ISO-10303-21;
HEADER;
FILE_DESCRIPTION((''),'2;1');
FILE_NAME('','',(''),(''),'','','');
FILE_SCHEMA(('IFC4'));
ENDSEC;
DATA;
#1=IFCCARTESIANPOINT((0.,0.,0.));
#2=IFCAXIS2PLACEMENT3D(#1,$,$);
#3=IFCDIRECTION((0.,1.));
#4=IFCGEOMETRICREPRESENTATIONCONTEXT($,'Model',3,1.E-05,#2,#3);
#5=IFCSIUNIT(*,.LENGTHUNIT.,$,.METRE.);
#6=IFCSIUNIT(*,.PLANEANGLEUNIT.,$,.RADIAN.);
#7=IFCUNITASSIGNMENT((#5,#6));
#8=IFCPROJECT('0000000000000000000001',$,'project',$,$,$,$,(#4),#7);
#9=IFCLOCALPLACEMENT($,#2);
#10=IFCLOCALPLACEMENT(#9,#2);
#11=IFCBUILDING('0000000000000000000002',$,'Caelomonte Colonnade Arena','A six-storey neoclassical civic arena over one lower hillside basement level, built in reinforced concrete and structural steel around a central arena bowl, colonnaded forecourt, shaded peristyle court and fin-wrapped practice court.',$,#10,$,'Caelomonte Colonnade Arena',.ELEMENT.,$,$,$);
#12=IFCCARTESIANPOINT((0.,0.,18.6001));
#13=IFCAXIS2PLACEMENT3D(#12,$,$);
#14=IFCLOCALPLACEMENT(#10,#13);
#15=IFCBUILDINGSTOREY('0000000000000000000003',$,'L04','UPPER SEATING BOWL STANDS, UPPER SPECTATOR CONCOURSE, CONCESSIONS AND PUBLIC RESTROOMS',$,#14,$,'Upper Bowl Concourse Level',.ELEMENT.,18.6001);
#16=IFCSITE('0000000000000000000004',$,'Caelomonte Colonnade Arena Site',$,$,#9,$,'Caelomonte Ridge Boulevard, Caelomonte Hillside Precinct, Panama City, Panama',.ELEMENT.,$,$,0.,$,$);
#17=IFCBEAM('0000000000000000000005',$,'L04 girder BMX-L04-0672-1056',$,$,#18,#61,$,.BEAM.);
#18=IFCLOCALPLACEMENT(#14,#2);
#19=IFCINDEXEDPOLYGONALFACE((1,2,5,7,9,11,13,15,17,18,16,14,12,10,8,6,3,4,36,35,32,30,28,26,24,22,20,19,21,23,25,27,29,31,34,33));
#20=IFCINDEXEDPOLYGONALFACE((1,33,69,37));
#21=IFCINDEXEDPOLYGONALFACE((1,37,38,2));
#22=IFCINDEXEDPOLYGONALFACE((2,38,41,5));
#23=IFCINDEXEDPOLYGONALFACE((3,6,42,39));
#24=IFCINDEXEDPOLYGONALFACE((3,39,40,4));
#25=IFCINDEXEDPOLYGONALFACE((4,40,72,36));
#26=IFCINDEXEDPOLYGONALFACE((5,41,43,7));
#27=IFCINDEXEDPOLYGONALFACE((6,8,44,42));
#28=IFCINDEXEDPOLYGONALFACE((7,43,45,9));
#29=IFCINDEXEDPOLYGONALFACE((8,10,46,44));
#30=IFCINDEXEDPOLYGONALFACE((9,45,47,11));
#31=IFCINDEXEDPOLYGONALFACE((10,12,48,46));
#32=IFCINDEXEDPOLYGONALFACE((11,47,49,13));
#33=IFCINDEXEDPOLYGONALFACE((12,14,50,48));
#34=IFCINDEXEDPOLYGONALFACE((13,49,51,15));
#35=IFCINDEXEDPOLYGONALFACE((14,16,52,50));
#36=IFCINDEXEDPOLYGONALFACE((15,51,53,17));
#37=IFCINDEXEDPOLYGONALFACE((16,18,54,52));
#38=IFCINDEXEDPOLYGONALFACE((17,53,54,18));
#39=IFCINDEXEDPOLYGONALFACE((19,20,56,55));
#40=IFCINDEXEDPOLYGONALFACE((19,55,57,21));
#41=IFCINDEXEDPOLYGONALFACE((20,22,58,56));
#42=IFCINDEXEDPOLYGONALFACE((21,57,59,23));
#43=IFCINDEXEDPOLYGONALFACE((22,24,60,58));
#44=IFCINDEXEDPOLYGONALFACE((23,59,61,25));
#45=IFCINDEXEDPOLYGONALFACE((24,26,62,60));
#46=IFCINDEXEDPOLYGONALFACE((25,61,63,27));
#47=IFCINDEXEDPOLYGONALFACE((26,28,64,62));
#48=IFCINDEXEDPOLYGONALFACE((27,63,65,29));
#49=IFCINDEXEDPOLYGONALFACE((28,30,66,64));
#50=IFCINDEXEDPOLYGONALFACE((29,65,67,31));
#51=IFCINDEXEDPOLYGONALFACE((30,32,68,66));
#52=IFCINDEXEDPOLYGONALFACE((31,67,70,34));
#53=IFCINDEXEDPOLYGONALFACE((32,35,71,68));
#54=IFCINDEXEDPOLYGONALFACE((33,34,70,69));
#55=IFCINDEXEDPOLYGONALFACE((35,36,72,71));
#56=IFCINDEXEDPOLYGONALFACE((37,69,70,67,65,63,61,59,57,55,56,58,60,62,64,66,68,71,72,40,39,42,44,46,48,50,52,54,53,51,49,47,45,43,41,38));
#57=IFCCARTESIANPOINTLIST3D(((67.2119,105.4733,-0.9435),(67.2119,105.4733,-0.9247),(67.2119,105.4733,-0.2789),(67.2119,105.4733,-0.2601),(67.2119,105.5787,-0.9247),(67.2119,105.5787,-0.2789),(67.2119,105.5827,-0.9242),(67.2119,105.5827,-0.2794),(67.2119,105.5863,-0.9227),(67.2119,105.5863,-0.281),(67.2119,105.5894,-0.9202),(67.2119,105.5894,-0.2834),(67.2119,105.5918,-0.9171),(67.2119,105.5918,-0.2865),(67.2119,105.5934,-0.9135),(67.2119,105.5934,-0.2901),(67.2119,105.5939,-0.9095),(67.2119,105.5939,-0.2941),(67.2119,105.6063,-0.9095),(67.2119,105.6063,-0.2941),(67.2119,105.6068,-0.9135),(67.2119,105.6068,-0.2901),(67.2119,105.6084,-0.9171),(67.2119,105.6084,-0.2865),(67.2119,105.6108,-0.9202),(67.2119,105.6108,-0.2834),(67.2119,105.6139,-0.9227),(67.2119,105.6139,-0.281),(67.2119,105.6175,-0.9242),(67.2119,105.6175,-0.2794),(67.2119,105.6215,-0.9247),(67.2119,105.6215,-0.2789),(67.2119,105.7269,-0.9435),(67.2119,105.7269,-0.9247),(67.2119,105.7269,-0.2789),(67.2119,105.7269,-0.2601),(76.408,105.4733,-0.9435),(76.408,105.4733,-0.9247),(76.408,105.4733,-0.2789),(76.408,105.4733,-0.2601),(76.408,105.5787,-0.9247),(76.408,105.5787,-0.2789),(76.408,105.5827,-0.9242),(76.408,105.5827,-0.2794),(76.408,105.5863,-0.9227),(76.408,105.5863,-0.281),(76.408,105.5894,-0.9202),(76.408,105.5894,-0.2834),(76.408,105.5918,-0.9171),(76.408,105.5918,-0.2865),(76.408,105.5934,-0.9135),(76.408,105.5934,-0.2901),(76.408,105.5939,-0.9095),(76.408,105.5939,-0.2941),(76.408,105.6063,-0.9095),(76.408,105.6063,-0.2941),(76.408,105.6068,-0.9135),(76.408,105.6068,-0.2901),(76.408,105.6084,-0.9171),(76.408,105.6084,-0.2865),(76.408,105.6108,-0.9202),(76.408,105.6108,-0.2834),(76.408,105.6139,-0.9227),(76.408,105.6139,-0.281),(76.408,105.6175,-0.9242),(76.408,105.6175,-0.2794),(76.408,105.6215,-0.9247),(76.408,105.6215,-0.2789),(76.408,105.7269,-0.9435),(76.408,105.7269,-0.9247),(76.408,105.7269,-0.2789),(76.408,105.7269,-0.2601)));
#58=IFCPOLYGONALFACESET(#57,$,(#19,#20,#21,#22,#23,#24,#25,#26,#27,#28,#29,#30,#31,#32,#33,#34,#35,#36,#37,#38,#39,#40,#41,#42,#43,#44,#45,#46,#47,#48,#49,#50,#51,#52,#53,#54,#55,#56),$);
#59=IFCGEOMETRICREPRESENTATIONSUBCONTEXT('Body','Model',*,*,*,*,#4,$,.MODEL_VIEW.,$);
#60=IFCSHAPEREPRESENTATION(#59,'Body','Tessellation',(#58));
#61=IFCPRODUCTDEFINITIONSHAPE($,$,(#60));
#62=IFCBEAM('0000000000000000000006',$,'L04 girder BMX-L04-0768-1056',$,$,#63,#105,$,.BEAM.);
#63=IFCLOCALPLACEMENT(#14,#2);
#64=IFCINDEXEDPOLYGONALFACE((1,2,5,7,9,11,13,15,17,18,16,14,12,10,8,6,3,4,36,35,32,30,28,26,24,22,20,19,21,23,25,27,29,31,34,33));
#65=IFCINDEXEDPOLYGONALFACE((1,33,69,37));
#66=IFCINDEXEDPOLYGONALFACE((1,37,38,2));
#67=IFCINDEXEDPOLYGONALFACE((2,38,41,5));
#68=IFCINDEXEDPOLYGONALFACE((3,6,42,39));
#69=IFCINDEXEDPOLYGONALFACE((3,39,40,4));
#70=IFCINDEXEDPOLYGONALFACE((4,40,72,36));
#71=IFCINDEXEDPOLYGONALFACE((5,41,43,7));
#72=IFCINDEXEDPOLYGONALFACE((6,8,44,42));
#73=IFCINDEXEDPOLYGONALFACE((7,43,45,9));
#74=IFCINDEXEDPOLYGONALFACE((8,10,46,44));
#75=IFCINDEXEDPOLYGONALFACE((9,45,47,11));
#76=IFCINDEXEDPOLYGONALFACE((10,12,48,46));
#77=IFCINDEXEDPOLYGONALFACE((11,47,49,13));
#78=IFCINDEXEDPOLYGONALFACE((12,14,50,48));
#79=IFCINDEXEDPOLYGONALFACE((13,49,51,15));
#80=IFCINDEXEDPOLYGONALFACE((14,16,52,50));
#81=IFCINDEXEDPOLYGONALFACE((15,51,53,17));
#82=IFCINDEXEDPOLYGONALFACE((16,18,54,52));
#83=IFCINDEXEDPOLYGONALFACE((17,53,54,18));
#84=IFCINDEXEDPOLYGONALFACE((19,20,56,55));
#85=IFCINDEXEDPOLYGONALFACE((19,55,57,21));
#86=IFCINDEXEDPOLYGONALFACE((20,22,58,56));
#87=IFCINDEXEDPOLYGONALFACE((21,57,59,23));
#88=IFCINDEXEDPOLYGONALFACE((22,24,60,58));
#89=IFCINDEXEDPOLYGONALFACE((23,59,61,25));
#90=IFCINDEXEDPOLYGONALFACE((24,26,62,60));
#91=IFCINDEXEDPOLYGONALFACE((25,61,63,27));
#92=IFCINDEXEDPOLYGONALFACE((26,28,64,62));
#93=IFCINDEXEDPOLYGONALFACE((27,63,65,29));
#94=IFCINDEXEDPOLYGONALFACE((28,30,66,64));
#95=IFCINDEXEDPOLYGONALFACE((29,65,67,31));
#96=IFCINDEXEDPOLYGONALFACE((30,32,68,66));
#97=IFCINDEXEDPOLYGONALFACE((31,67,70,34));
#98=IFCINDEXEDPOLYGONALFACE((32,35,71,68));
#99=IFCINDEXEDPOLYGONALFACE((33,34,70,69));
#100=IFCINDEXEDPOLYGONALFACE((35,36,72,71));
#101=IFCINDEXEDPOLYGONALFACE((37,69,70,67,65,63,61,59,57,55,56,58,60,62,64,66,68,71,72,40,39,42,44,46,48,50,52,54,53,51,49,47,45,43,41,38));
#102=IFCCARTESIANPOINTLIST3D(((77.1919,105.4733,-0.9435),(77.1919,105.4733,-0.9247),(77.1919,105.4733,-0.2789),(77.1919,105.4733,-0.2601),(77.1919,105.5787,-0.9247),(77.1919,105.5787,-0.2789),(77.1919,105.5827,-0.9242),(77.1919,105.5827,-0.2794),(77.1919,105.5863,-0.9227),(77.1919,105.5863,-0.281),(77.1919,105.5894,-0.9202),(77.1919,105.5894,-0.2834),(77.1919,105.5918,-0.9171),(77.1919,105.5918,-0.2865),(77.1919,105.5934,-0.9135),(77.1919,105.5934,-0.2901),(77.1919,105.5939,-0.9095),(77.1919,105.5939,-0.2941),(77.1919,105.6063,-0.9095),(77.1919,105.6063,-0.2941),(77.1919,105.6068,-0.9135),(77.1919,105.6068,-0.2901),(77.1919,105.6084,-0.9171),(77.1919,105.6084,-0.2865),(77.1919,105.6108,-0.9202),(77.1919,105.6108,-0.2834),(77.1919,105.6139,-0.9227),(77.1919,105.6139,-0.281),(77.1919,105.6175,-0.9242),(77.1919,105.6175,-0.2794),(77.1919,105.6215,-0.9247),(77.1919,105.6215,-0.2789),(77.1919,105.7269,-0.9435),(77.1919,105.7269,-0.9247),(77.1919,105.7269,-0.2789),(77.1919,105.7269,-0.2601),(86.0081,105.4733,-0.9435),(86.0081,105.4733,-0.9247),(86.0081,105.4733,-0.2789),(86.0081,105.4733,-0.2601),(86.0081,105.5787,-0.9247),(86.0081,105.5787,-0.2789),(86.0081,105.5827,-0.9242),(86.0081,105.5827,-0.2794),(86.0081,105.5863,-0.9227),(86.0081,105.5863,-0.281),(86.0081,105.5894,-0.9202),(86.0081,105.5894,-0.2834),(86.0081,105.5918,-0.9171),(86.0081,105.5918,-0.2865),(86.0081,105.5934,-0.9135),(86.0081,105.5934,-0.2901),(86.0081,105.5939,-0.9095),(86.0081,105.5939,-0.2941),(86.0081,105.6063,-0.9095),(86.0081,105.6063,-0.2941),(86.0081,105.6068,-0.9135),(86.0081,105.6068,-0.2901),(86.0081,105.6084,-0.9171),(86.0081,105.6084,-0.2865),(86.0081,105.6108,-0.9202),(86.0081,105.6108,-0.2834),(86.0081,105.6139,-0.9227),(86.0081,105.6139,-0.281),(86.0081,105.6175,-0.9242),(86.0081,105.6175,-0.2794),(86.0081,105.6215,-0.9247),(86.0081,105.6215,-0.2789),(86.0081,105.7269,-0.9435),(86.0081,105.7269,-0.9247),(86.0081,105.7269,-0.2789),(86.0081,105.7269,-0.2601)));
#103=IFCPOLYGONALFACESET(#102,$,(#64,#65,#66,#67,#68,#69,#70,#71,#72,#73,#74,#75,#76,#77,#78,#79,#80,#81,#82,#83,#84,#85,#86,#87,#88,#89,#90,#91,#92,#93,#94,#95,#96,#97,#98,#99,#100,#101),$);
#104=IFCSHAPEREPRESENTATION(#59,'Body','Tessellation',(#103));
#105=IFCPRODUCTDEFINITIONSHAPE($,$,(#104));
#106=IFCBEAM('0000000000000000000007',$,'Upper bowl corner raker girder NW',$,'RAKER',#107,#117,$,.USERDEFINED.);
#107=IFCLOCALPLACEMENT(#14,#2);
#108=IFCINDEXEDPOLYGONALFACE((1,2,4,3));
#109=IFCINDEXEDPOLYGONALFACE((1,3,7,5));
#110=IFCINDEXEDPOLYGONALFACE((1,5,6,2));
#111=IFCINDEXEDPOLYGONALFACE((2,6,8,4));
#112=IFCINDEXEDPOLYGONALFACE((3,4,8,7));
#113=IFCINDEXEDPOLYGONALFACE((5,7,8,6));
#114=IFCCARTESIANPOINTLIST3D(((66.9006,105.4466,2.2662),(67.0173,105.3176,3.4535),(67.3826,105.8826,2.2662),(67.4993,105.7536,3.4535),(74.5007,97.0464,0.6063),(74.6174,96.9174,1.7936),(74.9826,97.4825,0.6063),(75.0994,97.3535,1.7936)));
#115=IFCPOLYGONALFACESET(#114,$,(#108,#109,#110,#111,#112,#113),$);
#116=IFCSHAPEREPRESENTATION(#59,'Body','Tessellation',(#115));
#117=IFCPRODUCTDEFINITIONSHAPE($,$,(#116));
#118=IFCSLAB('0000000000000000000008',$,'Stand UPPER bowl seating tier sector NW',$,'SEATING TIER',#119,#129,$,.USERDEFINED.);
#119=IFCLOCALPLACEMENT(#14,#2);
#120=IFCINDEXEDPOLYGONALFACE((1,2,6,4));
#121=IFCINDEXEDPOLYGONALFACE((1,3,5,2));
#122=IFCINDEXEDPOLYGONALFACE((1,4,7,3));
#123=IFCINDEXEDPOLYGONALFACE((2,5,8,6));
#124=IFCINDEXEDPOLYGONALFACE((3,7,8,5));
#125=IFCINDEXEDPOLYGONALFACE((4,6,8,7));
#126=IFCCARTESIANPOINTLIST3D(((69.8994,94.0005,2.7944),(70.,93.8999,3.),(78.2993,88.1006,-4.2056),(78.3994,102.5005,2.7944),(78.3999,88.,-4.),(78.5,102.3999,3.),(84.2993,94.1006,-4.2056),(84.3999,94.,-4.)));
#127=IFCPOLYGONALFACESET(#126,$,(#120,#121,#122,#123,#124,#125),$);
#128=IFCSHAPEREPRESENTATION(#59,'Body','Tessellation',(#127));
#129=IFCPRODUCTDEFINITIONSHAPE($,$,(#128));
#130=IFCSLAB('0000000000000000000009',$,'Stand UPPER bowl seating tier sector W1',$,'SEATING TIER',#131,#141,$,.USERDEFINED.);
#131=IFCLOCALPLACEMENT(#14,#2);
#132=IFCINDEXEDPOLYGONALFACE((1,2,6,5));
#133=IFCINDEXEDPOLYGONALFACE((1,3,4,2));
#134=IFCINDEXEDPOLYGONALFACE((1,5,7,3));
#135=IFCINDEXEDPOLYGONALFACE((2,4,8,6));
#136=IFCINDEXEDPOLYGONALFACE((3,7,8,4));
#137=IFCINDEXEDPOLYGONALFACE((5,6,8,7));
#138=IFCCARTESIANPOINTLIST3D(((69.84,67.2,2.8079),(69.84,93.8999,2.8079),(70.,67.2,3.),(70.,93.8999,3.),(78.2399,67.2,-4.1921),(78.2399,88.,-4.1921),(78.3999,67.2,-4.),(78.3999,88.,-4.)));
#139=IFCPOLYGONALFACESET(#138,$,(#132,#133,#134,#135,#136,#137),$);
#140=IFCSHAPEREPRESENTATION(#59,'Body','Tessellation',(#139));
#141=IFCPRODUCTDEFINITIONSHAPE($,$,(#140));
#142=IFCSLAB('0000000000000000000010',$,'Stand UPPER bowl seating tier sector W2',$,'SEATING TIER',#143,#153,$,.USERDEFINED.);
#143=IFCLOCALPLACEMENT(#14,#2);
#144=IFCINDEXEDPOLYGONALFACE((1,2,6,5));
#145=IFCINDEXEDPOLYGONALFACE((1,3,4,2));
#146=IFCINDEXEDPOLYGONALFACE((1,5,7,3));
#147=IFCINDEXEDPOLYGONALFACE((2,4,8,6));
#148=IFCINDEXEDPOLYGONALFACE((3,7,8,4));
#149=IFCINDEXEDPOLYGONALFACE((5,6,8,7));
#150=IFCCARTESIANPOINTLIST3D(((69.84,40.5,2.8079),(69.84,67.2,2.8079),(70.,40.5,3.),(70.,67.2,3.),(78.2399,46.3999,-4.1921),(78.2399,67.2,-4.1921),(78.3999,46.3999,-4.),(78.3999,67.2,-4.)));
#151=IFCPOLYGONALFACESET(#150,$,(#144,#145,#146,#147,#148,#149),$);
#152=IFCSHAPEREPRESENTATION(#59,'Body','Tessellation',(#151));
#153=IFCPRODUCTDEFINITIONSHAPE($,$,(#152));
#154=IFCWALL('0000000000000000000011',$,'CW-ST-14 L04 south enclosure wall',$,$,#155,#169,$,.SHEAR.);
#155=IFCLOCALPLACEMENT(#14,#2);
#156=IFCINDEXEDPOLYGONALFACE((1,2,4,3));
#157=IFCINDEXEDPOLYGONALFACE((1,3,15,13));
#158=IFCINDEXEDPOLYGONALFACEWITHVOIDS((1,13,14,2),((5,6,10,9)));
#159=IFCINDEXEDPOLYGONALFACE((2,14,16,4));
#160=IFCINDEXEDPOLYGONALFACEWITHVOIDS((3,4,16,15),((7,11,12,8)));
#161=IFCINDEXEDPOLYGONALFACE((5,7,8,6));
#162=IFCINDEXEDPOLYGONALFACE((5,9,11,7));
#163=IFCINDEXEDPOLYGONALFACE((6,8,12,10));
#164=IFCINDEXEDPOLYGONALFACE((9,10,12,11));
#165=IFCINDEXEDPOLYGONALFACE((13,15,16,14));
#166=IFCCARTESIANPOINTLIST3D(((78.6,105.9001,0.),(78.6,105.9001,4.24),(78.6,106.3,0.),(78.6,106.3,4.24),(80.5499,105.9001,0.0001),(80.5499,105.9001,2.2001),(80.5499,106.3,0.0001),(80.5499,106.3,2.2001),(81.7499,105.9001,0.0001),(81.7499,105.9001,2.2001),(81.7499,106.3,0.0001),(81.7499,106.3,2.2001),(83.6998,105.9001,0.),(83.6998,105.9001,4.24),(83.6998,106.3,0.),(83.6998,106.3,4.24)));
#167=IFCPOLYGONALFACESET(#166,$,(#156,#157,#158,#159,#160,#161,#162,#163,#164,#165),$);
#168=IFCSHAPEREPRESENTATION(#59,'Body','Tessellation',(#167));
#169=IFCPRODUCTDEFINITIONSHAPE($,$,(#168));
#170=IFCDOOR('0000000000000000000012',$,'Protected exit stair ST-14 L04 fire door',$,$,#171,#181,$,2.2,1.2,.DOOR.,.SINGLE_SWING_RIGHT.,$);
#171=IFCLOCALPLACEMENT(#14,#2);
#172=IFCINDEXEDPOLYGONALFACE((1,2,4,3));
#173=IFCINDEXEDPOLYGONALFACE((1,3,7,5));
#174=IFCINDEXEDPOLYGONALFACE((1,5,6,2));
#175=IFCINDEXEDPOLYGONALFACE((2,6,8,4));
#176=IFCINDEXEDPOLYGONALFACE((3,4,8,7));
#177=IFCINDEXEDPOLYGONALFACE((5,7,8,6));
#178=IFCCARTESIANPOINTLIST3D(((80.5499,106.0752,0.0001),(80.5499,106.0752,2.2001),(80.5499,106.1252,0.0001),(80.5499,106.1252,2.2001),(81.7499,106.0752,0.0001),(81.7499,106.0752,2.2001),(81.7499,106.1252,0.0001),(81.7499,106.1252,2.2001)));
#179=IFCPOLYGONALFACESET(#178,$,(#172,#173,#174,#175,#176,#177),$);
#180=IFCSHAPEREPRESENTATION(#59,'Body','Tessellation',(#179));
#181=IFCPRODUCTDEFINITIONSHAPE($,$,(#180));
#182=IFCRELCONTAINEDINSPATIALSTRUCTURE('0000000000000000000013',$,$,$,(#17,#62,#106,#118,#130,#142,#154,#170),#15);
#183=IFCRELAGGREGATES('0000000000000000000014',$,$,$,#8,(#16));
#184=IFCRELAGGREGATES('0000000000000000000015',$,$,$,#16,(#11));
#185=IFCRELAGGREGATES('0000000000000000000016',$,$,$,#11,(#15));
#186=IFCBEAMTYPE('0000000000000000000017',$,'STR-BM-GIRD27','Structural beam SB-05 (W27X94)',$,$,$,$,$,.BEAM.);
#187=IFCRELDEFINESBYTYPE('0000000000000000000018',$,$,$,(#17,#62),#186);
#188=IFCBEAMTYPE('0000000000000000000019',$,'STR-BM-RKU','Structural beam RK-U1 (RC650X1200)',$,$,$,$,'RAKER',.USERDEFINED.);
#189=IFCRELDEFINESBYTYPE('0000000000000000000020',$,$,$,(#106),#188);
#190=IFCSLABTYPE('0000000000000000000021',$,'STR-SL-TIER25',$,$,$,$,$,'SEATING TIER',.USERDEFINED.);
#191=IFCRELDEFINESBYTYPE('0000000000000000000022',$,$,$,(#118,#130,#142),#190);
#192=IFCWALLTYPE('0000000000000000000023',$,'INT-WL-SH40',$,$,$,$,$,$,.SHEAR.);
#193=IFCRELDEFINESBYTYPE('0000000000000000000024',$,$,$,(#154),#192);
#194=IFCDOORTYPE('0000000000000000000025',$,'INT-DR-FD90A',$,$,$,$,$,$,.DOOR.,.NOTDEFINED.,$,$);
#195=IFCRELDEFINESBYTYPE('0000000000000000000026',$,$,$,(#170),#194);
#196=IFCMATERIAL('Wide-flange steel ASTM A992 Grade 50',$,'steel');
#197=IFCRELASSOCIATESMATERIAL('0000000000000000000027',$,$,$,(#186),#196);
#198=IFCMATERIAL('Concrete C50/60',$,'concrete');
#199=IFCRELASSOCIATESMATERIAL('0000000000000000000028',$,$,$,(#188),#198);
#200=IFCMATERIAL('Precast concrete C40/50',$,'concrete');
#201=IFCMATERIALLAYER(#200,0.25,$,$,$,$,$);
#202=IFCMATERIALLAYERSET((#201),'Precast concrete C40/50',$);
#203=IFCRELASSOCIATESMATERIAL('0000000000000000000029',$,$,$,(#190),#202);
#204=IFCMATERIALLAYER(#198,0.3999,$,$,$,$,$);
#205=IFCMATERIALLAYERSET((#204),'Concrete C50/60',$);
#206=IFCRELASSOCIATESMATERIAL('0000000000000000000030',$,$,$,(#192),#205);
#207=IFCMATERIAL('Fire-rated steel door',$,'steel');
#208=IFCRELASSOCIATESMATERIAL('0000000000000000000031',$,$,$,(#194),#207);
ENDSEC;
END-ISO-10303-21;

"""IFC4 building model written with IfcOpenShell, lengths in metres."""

from ifc_helpers import new_model, si_unit, direction, frame, frame_2d, origin, origin_2d, place, context, subcontext, project, spatial, polyline, rectangle, i_section, outline, extrude, material, layer, layer_set, material_profile, profile_set, type_object, element, fill, save


model = new_model("IFC4")

# Units and contexts
model_context = context("Model", 3, precision=1e-05, world=origin(), true_north=direction((0.0, 1.0)))
body_context = subcontext(model_context, "Body", "Model", "MODEL_VIEW")
ifc_project = project(units=[si_unit("LENGTHUNIT", "METRE"), si_unit("PLANEANGLEUNIT", "RADIAN")], contexts=[model_context])

# Site, building, storey
site_placement = place(None, origin())
site = spatial("IfcSite", under=ifc_project, at=site_placement, Name="Caelomonte Colonnade Arena Site", LongName="Caelomonte Ridge Boulevard, Caelomonte Hillside Precinct, Panama City, Panama", CompositionType="ELEMENT", RefElevation=0.0)
building_placement = place(site_placement, origin())
building = spatial("IfcBuilding", under=site, at=building_placement, Name="Caelomonte Colonnade Arena", Description="A six-storey neoclassical civic arena over one lower hillside basement level, built in reinforced concrete and structural steel around a central arena bowl, colonnaded forecourt, shaded peristyle court and fin-wrapped practice court.", LongName="Caelomonte Colonnade Arena", CompositionType="ELEMENT")
storey_placement = place(building_placement, frame((0.0, 0.0, 18.6001)))
storey = spatial("IfcBuildingStorey", under=building, at=storey_placement, Name="L04", Description="UPPER SEATING BOWL STANDS, UPPER SPECTATOR CONCOURSE, CONCESSIONS AND PUBLIC RESTROOMS", LongName="Upper Bowl Concourse Level", CompositionType="ELEMENT", Elevation=18.6001)

# Shared definitions
ifc_material_1 = material(Name="Wide-flange steel ASTM A992 Grade 50", Category="steel")

# Beams
ifc_material_profile_1 = material_profile(ifc_material_1, i_section(OverallWidth=0.2537, OverallDepth=0.6833, WebThickness=0.0125, FlangeThickness=0.0188, FilletRadius=0.0151, at=origin_2d()), Name="W27X94")
ifc_profile_set_1 = profile_set([ifc_material_profile_1], Name="Wide-flange steel ASTM A992 Grade 50")
beam_type_1 = type_object("IfcBeamType", Name="STR-BM-GIRD27", Description="Structural beam SB-05 (W27X94)", PredefinedType="BEAM", material=ifc_profile_set_1)
beam_1_placement = place(storey_placement, frame((67.2119, 105.6001, -0.6018), z_axis=(1.0, 0.0, 0.0), x_axis=(0.0, 1.0, 0.0)))
element("IfcBeam", 1, at=beam_1_placement, inside=storey, type_object=beam_type_1, Name="L04 girder BMX-L04-0672-1056", PredefinedType="BEAM", context=body_context, shape_type="SweptSolid", body=[
    extrude(i_section(OverallWidth=0.2537, OverallDepth=0.6833, WebThickness=0.0125, FlangeThickness=0.0188, FilletRadius=0.0151, at=origin_2d()), origin(), (0.0, 0.0, 1.0), 9.196),
])
beam_2_placement = place(storey_placement, frame((77.1919, 105.6001, -0.6018), z_axis=(1.0, 0.0, 0.0), x_axis=(0.0, 1.0, 0.0)))
element("IfcBeam", 2, at=beam_2_placement, inside=storey, type_object=beam_type_1, Name="L04 girder BMX-L04-0768-1056", PredefinedType="BEAM", context=body_context, shape_type="SweptSolid", body=[
    extrude(i_section(OverallWidth=0.2537, OverallDepth=0.6833, WebThickness=0.0125, FlangeThickness=0.0188, FilletRadius=0.0151, at=origin_2d()), origin(), (0.0, 0.0, 1.0), 8.8162),
])
ifc_material_2 = material(Name="Concrete C50/60", Category="concrete")
ifc_material_profile_2 = material_profile(ifc_material_2, rectangle(XDim=0.6499, YDim=1.2, at=origin_2d()), Name="RC650X1200")
ifc_profile_set_2 = profile_set([ifc_material_profile_2], Name="Concrete C50/60")
beam_type_2 = type_object("IfcBeamType", Name="STR-BM-RKU", Description="Structural beam RK-U1 (RC650X1200)", ElementType="RAKER", PredefinedType="USERDEFINED", material=ifc_profile_set_2)
beam_3_placement = place(storey_placement, frame((67.2, 105.6001, 2.8599), z_axis=(0.663823, -0.733702, -0.144983), x_axis=(0.741537, 0.670912, 0.0)))
element("IfcBeam", 3, at=beam_3_placement, inside=storey, type_object=beam_type_2, Name="Upper bowl corner raker girder NW", ObjectType="RAKER", PredefinedType="USERDEFINED", context=body_context, shape_type="SweptSolid", body=[
    extrude(rectangle(XDim=0.6499, YDim=1.2, at=origin_2d()), origin(), (0.0, 0.0, 1.0), 11.449),
])

# Slabs
ifc_material_3 = material(Name="Precast concrete C40/50", Category="concrete")
ifc_layer_1 = layer(ifc_material_3, 0.25)
ifc_layer_set_1 = layer_set([ifc_layer_1], Name="Precast concrete C40/50")
slab_type = type_object("IfcSlabType", Name="STR-SL-TIER25", ElementType="SEATING TIER", PredefinedType="USERDEFINED", material=ifc_layer_set_1)
slab_1_placement = place(storey_placement, frame((84.3999, 94.0, -4.0), z_axis=(0.402482, -0.402482, 0.822202), x_axis=(-0.707107, -0.707107, 0.0)))
element("IfcSlab", 4, at=slab_1_placement, inside=storey, type_object=slab_type, Name="Stand UPPER bowl seating tier sector NW", ObjectType="SEATING TIER", PredefinedType="USERDEFINED", context=body_context, shape_type="SweptSolid", body=[
    extrude(outline(polyline([(0.0, 0.0), (8.4853, 0.0), (10.253, -12.2981), (-1.7678, -12.2981), (0.0, 0.0)])), origin(), (0.0, 0.0, -1.0), 0.25),
])
slab_2_placement = place(storey_placement, frame((78.3999, 88.0, -4.0), z_axis=(0.640189, 0.0, 0.768218), x_axis=(0.0, -1.0, 0.0)))
element("IfcSlab", 5, at=slab_2_placement, inside=storey, type_object=slab_type, Name="Stand UPPER bowl seating tier sector W1", ObjectType="SEATING TIER", PredefinedType="USERDEFINED", context=body_context, shape_type="SweptSolid", body=[
    extrude(outline(polyline([(0.0, 0.0), (20.8, 0.0), (20.8, -10.9343), (-5.8999, -10.9343), (0.0, 0.0)])), origin(), (0.0, 0.0, -1.0), 0.25),
])
slab_3_placement = place(storey_placement, frame((78.3999, 67.2, -4.0), z_axis=(0.640189, 0.0, 0.768218), x_axis=(0.0, -1.0, 0.0)))
element("IfcSlab", 6, at=slab_3_placement, inside=storey, type_object=slab_type, Name="Stand UPPER bowl seating tier sector W2", ObjectType="SEATING TIER", PredefinedType="USERDEFINED", context=body_context, shape_type="SweptSolid", body=[
    extrude(outline(polyline([(0.0, 0.0), (20.8, 0.0), (26.7, -10.9343), (0.0, -10.9343), (0.0, 0.0)])), origin(), (0.0, 0.0, -1.0), 0.25),
])

# Wall, opening, door
ifc_layer_2 = layer(ifc_material_2, 0.3999)
ifc_layer_set_2 = layer_set([ifc_layer_2], Name="Concrete C50/60")
wall_type = type_object("IfcWallType", Name="INT-WL-SH40", PredefinedType="SHEAR", material=ifc_layer_set_2)
wall_1_placement = place(storey_placement, frame((78.6001, 106.1001, 0.0), z_axis=(0.0, 0.0, 1.0), x_axis=(1.0, 0.0, 0.0)))
wall_1 = element("IfcWall", 7, at=wall_1_placement, inside=storey, type_object=wall_type, Name="CW-ST-14 L04 south enclosure wall", PredefinedType="SHEAR", context=body_context, shape_type="SweptSolid", body=[
    extrude(rectangle(XDim=5.0999, YDim=0.3999, at=frame_2d((2.5498, 0.0))), origin(), (0.0, 0.0, 1.0), 4.24),
])
opening_placement = place(wall_1_placement, frame((3.1499, 0.0, 0.0), z_axis=(0.0, 0.0, 1.0), x_axis=(-1.0, 0.0, 0.0)))
opening = element("IfcOpeningElement", 8, at=opening_placement, cuts=wall_1, PredefinedType="OPENING", context=body_context, shape_type="SweptSolid", body=[
    extrude(rectangle(XDim=1.2, YDim=2.2, at=frame_2d((0.6001, 1.1001))), frame((0.0, 0.21, 0.0), z_axis=(0.0, -1.0, 0.0), x_axis=(1.0, 0.0, 0.0)), (0.0, 0.0, 1.0), 0.4199),
])
ifc_material_4 = material(Name="Fire-rated steel door", Category="steel")
door_type = type_object("IfcDoorType", Name="INT-DR-FD90A", OperationType="NOTDEFINED", PredefinedType="DOOR", material=ifc_material_4)
door_placement = place(opening_placement, origin())
door = element("IfcDoor", 9, at=door_placement, inside=storey, type_object=door_type, Name="Protected exit stair ST-14 L04 fire door", OperationType="SINGLE_SWING_RIGHT", OverallHeight=2.2, OverallWidth=1.2, PredefinedType="DOOR", context=body_context, shape_type="SweptSolid", body=[
    extrude(rectangle(XDim=1.2, YDim=2.2, at=frame_2d((0.6001, 1.1001))), frame((0.0, 0.0249, 0.0), z_axis=(0.0, -1.0, 0.0), x_axis=(1.0, 0.0, 0.0)), (0.0, 0.0, 1.0), 0.05),
])
fill(opening, door)

save(model, "model.ifc")
